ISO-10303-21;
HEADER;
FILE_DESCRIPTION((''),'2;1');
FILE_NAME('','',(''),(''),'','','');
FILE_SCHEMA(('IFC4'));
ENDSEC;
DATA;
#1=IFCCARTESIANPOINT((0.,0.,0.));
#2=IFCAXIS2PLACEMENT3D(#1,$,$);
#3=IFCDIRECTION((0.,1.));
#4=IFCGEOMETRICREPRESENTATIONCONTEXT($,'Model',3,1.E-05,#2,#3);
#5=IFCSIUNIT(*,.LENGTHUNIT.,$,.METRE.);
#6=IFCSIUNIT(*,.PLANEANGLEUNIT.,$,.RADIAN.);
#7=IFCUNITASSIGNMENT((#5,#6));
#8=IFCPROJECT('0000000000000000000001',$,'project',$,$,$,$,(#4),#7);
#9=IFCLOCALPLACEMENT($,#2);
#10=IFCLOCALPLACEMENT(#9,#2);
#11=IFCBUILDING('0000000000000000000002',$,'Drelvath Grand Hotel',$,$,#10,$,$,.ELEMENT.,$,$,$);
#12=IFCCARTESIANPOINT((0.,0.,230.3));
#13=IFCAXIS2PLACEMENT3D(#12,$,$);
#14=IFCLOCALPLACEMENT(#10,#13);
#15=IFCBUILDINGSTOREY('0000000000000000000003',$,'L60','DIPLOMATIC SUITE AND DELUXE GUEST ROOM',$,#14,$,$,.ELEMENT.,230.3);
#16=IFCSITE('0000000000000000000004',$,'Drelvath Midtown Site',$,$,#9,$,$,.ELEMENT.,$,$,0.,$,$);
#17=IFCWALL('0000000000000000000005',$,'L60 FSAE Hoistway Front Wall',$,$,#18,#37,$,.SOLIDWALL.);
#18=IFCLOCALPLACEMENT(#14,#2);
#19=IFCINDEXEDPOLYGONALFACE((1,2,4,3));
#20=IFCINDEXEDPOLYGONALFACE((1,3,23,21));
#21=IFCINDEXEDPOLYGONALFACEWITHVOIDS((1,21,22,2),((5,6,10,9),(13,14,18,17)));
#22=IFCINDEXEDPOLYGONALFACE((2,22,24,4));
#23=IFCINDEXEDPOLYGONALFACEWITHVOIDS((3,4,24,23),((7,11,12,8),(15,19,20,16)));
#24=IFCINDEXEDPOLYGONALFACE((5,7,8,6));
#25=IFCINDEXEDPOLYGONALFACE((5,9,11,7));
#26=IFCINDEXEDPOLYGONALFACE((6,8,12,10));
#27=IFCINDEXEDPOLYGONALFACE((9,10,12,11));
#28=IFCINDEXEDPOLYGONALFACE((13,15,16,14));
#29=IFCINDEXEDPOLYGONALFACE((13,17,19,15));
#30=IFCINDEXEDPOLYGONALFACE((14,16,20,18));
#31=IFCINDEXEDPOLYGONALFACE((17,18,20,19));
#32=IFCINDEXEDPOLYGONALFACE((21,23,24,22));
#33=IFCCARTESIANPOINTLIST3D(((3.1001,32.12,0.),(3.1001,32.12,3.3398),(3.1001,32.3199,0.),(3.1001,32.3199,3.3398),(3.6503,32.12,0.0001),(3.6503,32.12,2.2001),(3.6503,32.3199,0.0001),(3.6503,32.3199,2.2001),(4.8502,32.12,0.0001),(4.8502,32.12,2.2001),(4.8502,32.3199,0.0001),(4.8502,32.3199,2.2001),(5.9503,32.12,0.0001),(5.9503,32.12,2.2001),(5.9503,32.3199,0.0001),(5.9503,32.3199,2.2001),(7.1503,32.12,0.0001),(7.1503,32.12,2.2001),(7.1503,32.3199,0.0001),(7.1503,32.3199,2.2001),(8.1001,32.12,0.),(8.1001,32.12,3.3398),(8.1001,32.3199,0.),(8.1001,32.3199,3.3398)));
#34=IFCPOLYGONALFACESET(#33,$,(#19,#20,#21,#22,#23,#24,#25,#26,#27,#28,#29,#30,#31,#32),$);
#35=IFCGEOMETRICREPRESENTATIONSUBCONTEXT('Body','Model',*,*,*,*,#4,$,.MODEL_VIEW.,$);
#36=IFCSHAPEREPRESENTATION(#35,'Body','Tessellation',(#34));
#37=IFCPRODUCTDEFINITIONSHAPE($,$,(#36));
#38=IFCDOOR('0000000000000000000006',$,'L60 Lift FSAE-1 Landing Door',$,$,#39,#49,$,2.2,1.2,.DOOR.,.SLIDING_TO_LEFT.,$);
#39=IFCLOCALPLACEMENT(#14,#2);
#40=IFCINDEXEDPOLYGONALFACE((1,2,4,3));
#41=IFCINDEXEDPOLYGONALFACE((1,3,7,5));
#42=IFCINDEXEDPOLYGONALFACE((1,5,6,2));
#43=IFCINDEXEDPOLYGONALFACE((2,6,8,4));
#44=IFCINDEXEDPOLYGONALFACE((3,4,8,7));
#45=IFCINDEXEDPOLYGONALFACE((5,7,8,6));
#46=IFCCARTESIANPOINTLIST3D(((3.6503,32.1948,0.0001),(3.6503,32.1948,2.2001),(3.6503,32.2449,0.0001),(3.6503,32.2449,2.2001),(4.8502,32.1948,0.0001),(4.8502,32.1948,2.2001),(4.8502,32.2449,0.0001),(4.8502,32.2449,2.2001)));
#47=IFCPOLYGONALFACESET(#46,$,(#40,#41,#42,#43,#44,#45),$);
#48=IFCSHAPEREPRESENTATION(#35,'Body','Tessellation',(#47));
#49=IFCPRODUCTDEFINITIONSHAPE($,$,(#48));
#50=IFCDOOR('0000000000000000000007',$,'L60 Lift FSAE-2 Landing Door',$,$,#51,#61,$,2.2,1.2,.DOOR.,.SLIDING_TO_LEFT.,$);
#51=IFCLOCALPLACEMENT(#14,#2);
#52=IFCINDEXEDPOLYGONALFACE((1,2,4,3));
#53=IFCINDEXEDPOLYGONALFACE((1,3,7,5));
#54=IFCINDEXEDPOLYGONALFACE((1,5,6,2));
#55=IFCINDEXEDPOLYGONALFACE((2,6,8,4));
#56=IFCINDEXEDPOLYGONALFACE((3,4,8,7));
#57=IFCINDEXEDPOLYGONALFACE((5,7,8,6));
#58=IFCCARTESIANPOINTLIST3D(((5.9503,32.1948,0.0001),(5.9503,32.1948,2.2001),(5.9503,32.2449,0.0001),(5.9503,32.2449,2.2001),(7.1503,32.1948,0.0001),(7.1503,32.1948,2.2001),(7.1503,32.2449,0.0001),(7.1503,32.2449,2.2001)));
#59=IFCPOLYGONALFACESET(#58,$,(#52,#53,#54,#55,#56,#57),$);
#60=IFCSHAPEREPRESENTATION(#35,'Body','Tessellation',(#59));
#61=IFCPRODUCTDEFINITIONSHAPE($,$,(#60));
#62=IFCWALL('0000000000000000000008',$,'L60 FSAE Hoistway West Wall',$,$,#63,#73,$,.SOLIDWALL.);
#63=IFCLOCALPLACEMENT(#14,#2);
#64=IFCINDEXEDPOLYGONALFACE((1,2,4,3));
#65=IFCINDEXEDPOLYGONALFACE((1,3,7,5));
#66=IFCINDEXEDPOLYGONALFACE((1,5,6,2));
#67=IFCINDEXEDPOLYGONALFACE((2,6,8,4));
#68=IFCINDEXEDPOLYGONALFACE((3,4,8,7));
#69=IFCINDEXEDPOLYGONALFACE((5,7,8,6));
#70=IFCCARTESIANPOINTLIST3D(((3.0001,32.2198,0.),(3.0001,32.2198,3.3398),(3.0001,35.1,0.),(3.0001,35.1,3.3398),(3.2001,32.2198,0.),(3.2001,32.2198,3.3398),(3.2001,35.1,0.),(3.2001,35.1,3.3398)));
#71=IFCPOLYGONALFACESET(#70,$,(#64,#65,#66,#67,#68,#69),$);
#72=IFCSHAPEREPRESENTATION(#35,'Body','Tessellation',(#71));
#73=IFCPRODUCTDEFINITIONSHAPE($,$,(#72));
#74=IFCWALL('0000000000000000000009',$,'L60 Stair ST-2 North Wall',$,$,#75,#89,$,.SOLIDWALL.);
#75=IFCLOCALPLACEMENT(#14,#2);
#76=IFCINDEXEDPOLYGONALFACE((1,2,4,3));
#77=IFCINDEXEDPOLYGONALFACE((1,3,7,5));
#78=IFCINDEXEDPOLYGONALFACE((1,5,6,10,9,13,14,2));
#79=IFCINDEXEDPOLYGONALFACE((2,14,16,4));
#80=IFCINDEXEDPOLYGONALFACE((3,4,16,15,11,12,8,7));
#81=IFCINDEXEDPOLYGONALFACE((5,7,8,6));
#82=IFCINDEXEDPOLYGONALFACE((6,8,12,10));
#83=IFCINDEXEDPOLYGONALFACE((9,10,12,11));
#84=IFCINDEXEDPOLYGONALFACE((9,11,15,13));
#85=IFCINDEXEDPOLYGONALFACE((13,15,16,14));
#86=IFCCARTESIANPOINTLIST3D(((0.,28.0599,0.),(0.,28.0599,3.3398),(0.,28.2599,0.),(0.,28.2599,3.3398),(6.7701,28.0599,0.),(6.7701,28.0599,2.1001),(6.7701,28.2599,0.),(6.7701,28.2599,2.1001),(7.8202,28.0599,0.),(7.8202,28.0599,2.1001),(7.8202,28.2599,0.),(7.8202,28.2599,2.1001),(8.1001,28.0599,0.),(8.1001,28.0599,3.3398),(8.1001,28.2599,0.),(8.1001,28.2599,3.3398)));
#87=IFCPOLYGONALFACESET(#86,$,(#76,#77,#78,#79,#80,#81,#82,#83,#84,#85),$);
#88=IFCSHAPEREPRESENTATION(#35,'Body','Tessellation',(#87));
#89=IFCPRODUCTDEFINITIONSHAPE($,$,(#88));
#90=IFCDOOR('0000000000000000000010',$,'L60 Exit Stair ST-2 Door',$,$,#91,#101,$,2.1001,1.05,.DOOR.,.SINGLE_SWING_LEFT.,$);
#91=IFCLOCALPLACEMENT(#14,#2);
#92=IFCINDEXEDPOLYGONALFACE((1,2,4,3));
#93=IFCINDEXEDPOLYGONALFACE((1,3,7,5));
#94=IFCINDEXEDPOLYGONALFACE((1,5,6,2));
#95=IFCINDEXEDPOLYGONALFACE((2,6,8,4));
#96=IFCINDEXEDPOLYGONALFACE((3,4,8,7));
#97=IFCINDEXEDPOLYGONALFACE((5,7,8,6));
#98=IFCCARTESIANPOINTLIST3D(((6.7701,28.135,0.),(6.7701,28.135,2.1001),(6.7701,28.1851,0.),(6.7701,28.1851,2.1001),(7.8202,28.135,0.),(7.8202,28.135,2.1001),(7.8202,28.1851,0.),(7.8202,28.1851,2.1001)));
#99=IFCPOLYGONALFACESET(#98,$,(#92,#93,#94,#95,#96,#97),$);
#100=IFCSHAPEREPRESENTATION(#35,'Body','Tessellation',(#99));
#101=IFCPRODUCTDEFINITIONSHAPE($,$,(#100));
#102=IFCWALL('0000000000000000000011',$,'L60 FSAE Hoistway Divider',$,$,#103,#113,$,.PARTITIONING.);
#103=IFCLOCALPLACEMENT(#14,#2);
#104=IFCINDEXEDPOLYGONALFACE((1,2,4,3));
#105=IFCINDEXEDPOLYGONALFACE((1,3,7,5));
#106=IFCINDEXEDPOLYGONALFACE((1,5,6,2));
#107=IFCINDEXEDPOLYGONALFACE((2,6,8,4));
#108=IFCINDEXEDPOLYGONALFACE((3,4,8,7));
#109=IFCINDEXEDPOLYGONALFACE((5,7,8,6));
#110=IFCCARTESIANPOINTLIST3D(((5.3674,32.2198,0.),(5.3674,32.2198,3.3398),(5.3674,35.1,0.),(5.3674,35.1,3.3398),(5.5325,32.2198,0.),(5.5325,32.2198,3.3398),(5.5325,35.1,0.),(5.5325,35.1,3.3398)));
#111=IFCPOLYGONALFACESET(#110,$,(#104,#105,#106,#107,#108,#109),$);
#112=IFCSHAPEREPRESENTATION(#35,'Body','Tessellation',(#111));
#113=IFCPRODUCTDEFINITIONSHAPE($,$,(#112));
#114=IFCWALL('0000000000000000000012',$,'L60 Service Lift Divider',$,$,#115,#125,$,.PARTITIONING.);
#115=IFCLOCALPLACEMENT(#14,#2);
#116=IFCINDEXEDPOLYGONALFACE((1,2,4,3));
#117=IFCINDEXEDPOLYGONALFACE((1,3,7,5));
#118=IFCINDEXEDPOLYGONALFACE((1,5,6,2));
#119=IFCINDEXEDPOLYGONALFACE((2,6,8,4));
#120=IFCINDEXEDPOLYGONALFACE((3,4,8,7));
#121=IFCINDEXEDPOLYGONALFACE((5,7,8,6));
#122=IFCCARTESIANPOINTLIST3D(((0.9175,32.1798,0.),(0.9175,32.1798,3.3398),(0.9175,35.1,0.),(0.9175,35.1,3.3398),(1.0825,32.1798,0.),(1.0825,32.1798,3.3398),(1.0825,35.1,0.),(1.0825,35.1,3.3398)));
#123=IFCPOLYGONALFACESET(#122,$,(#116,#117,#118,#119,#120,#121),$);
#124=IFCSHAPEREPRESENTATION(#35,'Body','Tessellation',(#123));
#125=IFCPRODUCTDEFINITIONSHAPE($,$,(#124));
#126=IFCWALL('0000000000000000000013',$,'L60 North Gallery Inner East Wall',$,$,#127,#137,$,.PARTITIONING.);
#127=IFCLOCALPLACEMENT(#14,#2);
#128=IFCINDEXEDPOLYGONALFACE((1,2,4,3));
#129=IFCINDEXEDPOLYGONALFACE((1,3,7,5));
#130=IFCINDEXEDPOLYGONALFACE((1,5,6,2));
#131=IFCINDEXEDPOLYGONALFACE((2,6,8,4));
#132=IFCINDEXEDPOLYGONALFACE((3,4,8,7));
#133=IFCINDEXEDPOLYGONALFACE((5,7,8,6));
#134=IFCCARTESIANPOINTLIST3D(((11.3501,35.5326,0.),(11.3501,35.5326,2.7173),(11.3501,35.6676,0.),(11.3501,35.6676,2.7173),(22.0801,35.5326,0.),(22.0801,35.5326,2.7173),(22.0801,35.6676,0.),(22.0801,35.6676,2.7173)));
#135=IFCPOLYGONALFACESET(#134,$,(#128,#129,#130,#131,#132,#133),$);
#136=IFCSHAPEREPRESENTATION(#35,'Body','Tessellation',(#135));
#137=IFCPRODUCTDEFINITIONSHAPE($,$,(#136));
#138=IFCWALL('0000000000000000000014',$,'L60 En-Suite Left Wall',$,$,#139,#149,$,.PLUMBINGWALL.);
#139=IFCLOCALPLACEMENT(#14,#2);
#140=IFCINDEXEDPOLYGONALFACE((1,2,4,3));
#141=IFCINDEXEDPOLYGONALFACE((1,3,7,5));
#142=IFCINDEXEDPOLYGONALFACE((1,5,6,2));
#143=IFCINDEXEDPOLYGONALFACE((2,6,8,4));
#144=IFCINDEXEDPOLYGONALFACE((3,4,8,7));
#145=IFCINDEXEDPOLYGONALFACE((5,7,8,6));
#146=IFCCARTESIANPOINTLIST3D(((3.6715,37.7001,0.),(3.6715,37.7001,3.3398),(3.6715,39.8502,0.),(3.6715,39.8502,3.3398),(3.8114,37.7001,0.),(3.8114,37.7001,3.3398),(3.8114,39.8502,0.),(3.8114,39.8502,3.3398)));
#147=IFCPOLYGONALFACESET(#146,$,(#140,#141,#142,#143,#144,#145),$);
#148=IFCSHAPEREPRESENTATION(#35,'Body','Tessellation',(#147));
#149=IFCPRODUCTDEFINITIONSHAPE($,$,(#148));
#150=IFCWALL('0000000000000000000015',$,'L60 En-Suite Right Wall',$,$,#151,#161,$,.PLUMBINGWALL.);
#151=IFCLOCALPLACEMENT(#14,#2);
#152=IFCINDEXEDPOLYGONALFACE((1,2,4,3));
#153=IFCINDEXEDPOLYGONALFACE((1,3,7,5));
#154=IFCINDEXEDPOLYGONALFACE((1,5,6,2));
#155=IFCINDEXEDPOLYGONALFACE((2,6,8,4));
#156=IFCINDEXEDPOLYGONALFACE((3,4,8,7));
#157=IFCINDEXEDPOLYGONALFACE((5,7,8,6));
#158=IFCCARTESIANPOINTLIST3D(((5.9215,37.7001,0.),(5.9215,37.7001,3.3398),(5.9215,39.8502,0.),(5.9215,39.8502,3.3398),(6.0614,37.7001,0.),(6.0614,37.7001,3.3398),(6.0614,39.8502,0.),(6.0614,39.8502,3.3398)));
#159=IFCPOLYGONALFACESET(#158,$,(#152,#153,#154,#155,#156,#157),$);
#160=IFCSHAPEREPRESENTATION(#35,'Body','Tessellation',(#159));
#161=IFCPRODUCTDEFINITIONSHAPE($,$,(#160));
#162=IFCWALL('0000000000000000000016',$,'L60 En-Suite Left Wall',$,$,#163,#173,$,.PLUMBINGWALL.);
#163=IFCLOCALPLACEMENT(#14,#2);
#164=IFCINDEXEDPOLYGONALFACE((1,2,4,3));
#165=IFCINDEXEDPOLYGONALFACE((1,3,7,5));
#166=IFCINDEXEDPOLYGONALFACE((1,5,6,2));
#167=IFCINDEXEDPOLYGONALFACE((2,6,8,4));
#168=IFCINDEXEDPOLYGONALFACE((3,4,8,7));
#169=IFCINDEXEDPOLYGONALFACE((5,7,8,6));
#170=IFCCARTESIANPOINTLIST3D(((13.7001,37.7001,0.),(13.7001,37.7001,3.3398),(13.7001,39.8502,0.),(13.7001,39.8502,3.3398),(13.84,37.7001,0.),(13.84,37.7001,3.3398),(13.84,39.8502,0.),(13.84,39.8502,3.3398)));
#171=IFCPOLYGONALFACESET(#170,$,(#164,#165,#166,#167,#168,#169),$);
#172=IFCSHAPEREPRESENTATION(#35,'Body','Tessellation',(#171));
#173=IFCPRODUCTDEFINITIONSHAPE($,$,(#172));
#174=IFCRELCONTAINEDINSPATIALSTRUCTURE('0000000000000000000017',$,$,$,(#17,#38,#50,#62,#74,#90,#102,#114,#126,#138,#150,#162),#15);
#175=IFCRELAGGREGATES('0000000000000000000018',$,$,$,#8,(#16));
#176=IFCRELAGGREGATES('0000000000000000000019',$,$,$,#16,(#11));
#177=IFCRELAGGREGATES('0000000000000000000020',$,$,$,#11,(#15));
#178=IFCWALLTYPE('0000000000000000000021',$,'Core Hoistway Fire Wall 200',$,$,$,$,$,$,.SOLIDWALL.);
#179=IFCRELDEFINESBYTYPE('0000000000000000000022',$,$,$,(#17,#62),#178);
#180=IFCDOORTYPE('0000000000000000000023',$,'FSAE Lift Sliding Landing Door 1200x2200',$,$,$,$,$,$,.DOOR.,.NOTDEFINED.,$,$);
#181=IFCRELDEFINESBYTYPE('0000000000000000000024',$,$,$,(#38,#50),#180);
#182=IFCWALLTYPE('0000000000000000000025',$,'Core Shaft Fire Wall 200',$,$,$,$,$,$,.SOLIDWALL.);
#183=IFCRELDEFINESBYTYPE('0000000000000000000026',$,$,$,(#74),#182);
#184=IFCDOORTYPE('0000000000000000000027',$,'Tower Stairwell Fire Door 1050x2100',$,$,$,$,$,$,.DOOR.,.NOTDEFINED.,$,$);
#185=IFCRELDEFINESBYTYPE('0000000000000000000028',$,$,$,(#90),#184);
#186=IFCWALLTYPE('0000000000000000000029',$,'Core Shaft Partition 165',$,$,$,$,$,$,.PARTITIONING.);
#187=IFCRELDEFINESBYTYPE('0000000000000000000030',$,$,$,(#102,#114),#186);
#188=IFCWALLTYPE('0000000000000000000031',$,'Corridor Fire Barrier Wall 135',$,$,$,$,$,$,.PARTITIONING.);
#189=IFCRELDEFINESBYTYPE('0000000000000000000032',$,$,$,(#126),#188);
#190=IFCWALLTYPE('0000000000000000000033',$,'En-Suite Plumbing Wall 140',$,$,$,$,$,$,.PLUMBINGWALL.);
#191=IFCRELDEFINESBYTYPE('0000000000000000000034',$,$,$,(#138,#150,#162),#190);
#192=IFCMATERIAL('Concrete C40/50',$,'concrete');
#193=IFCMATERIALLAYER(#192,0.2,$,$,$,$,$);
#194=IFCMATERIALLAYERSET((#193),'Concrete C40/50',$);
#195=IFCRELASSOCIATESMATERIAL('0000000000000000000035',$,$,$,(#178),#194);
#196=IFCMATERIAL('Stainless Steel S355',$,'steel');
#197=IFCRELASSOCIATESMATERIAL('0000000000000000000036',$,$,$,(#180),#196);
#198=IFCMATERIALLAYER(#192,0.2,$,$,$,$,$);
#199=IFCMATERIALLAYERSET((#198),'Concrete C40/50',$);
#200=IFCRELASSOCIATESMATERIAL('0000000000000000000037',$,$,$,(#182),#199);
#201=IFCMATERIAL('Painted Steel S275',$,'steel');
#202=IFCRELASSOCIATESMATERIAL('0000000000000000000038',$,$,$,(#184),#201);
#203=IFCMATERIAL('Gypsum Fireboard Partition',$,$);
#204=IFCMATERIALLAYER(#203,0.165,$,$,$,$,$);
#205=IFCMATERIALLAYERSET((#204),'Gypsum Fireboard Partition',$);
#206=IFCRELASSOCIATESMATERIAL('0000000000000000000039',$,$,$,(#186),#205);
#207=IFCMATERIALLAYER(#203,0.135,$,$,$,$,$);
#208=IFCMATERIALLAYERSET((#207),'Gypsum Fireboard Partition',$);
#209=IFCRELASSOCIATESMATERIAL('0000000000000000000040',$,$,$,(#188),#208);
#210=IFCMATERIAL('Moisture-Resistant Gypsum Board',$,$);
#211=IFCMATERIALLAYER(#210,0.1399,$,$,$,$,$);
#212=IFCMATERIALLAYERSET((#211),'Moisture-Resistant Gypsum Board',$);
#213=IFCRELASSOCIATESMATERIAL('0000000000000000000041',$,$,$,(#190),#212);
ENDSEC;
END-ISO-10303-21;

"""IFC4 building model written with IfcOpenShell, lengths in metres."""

from ifc_helpers import new_model, si_unit, direction, frame, frame_2d, origin, place, context, subcontext, project, spatial, rectangle, extrude, material, layer, layer_set, type_object, element, fill, save


model = new_model("IFC4")

# Units and contexts
model_context = context("Model", 3, precision=1e-05, world=origin(), true_north=direction((0.0, 1.0)))
body_context = subcontext(model_context, "Body", "Model", "MODEL_VIEW")
ifc_project = project(units=[si_unit("LENGTHUNIT", "METRE"), si_unit("PLANEANGLEUNIT", "RADIAN")], contexts=[model_context])

# Site, building, storey
site_placement = place(None, origin())
site = spatial("IfcSite", under=ifc_project, at=site_placement, Name="Drelvath Midtown Site", CompositionType="ELEMENT", RefElevation=0.0)
building_placement = place(site_placement, origin())
building = spatial("IfcBuilding", under=site, at=building_placement, Name="Drelvath Grand Hotel", CompositionType="ELEMENT")
storey_placement = place(building_placement, frame((0.0, 0.0, 230.3)))
storey = spatial("IfcBuildingStorey", under=building, at=storey_placement, Name="L60", Description="DIPLOMATIC SUITE AND DELUXE GUEST ROOM", CompositionType="ELEMENT", Elevation=230.3)

# Wall, openings, doors
ifc_material_1 = material(Name="Concrete C40/50", Category="concrete")
ifc_layer_1 = layer(ifc_material_1, 0.2)
ifc_layer_set_1 = layer_set([ifc_layer_1], Name="Concrete C40/50")
wall_type_1 = type_object("IfcWallType", Name="Core Hoistway Fire Wall 200", PredefinedType="SOLIDWALL", material=ifc_layer_set_1)
wall_1_placement = place(storey_placement, frame((3.1001, 32.22, 0.0), z_axis=(0.0, 0.0, 1.0), x_axis=(1.0, 0.0, 0.0)))
wall_1 = element("IfcWall", 1, at=wall_1_placement, inside=storey, type_object=wall_type_1, Name="L60 FSAE Hoistway Front Wall", PredefinedType="SOLIDWALL", context=body_context, shape_type="SweptSolid", body=[
    extrude(rectangle(XDim=5.0, YDim=0.2, at=frame_2d((2.5, 0.0))), origin(), (0.0, 0.0, 1.0), 3.3398),
])
opening_1_placement = place(wall_1_placement, frame((0.55, 0.0, 0.0)))
opening_1 = element("IfcOpeningElement", 2, at=opening_1_placement, cuts=wall_1, PredefinedType="OPENING", context=body_context, shape_type="SweptSolid", body=[
    extrude(rectangle(XDim=1.2, YDim=2.2, at=frame_2d((0.6001, 1.1001))), frame((0.0, 0.1099, 0.0), z_axis=(0.0, -1.0, 0.0), x_axis=(1.0, 0.0, 0.0)), (0.0, 0.0, 1.0), 0.22),
])
opening_2_placement = place(wall_1_placement, frame((2.8501, 0.0, 0.0)))
opening_2 = element("IfcOpeningElement", 3, at=opening_2_placement, cuts=wall_1, PredefinedType="OPENING", context=body_context, shape_type="SweptSolid", body=[
    extrude(rectangle(XDim=1.2, YDim=2.2, at=frame_2d((0.6001, 1.1001))), frame((0.0, 0.1099, 0.0), z_axis=(0.0, -1.0, 0.0), x_axis=(1.0, 0.0, 0.0)), (0.0, 0.0, 1.0), 0.22),
])
ifc_material_2 = material(Name="Stainless Steel S355", Category="steel")
door_type_1 = type_object("IfcDoorType", Name="FSAE Lift Sliding Landing Door 1200x2200", OperationType="NOTDEFINED", PredefinedType="DOOR", material=ifc_material_2)
door_1_placement = place(opening_1_placement, origin())
door_1 = element("IfcDoor", 4, at=door_1_placement, inside=storey, type_object=door_type_1, Name="L60 Lift FSAE-1 Landing Door", OperationType="SLIDING_TO_LEFT", OverallHeight=2.2, OverallWidth=1.2, PredefinedType="DOOR", context=body_context, shape_type="SweptSolid", body=[
    extrude(rectangle(XDim=1.2, YDim=2.2, at=frame_2d((0.6001, 1.1001))), frame((0.0, 0.0249, 0.0), z_axis=(0.0, -1.0, 0.0), x_axis=(1.0, 0.0, 0.0)), (0.0, 0.0, 1.0), 0.05),
])
fill(opening_1, door_1)
door_2_placement = place(opening_2_placement, origin())
door_2 = element("IfcDoor", 5, at=door_2_placement, inside=storey, type_object=door_type_1, Name="L60 Lift FSAE-2 Landing Door", OperationType="SLIDING_TO_LEFT", OverallHeight=2.2, OverallWidth=1.2, PredefinedType="DOOR", context=body_context, shape_type="SweptSolid", body=[
    extrude(rectangle(XDim=1.2, YDim=2.2, at=frame_2d((0.6001, 1.1001))), frame((0.0, 0.0249, 0.0), z_axis=(0.0, -1.0, 0.0), x_axis=(1.0, 0.0, 0.0)), (0.0, 0.0, 1.0), 0.05),
])
fill(opening_2, door_2)

# Wall
wall_2_placement = place(storey_placement, frame((3.1001, 32.22, 0.0), z_axis=(0.0, 0.0, 1.0), x_axis=(0.0, 1.0, 0.0)))
element("IfcWall", 6, at=wall_2_placement, inside=storey, type_object=wall_type_1, Name="L60 FSAE Hoistway West Wall", PredefinedType="SOLIDWALL", context=body_context, shape_type="SweptSolid", body=[
    extrude(rectangle(XDim=2.8801, YDim=0.2, at=frame_2d((1.4399, 0.0))), origin(), (0.0, 0.0, 1.0), 3.3398),
])

# Wall, opening, door
ifc_layer_2 = layer(ifc_material_1, 0.2)
ifc_layer_set_2 = layer_set([ifc_layer_2], Name="Concrete C40/50")
wall_type_2 = type_object("IfcWallType", Name="Core Shaft Fire Wall 200", PredefinedType="SOLIDWALL", material=ifc_layer_set_2)
wall_3_placement = place(storey_placement, frame((8.1001, 28.1599, 0.0), z_axis=(0.0, 0.0, 1.0), x_axis=(-1.0, 0.0, 0.0)))
wall_3 = element("IfcWall", 7, at=wall_3_placement, inside=storey, type_object=wall_type_2, Name="L60 Stair ST-2 North Wall", PredefinedType="SOLIDWALL", context=body_context, shape_type="SweptSolid", body=[
    extrude(rectangle(XDim=8.1001, YDim=0.2, at=frame_2d((4.05, 0.0))), origin(), (0.0, 0.0, 1.0), 3.3398),
])
opening_3_placement = place(wall_3_placement, frame((0.28, 0.0, 0.0)))
opening_3 = element("IfcOpeningElement", 8, at=opening_3_placement, cuts=wall_3, PredefinedType="OPENING", context=body_context, shape_type="SweptSolid", body=[
    extrude(rectangle(XDim=1.05, YDim=2.1001, at=frame_2d((0.5249, 1.05))), frame((0.0, 0.1099, 0.0), z_axis=(0.0, -1.0, 0.0), x_axis=(1.0, 0.0, 0.0)), (0.0, 0.0, 1.0), 0.22),
])
ifc_material_3 = material(Name="Painted Steel S275", Category="steel")
door_type_2 = type_object("IfcDoorType", Name="Tower Stairwell Fire Door 1050x2100", OperationType="NOTDEFINED", PredefinedType="DOOR", material=ifc_material_3)
door_3_placement = place(opening_3_placement, origin())
door_3 = element("IfcDoor", 9, at=door_3_placement, inside=storey, type_object=door_type_2, Name="L60 Exit Stair ST-2 Door", OperationType="SINGLE_SWING_LEFT", OverallHeight=2.1001, OverallWidth=1.05, PredefinedType="DOOR", context=body_context, shape_type="SweptSolid", body=[
    extrude(rectangle(XDim=1.05, YDim=2.1001, at=frame_2d((0.5249, 1.05))), frame((0.0, 0.0249, 0.0), z_axis=(0.0, -1.0, 0.0), x_axis=(1.0, 0.0, 0.0)), (0.0, 0.0, 1.0), 0.05),
])
fill(opening_3, door_3)

# Walls
ifc_material_4 = material(Name="Gypsum Fireboard Partition")
ifc_layer_3 = layer(ifc_material_4, 0.165)
ifc_layer_set_3 = layer_set([ifc_layer_3], Name="Gypsum Fireboard Partition")
wall_type_3 = type_object("IfcWallType", Name="Core Shaft Partition 165", PredefinedType="PARTITIONING", material=ifc_layer_set_3)
wall_4_placement = place(storey_placement, frame((5.45, 32.22, 0.0), z_axis=(0.0, 0.0, 1.0), x_axis=(0.0, 1.0, 0.0)))
element("IfcWall", 10, at=wall_4_placement, inside=storey, type_object=wall_type_3, Name="L60 FSAE Hoistway Divider", PredefinedType="PARTITIONING", context=body_context, shape_type="SweptSolid", body=[
    extrude(rectangle(XDim=2.8801, YDim=0.165, at=frame_2d((1.4399, 0.0))), origin(), (0.0, 0.0, 1.0), 3.3398),
])
wall_5_placement = place(storey_placement, frame((1.0, 32.1799, 0.0), z_axis=(0.0, 0.0, 1.0), x_axis=(0.0, 1.0, 0.0)))
element("IfcWall", 11, at=wall_5_placement, inside=storey, type_object=wall_type_3, Name="L60 Service Lift Divider", PredefinedType="PARTITIONING", context=body_context, shape_type="SweptSolid", body=[
    extrude(rectangle(XDim=2.9202, YDim=0.165, at=frame_2d((1.46, 0.0))), origin(), (0.0, 0.0, 1.0), 3.3398),
])
ifc_layer_4 = layer(ifc_material_4, 0.135)
ifc_layer_set_4 = layer_set([ifc_layer_4], Name="Gypsum Fireboard Partition")
wall_type_4 = type_object("IfcWallType", Name="Corridor Fire Barrier Wall 135", PredefinedType="PARTITIONING", material=ifc_layer_set_4)
wall_6_placement = place(storey_placement, frame((11.3501, 35.6001, 0.0), z_axis=(0.0, 0.0, 1.0), x_axis=(1.0, 0.0, 0.0)))
element("IfcWall", 12, at=wall_6_placement, inside=storey, type_object=wall_type_4, Name="L60 North Gallery Inner East Wall", PredefinedType="PARTITIONING", context=body_context, shape_type="SweptSolid", body=[
    extrude(rectangle(XDim=10.73, YDim=0.135, at=frame_2d((5.365, 0.0))), origin(), (0.0, 0.0, 1.0), 2.7173),
])
ifc_material_5 = material(Name="Moisture-Resistant Gypsum Board")
ifc_layer_5 = layer(ifc_material_5, 0.1399)
ifc_layer_set_5 = layer_set([ifc_layer_5], Name="Moisture-Resistant Gypsum Board")
wall_type_5 = type_object("IfcWallType", Name="En-Suite Plumbing Wall 140", PredefinedType="PLUMBINGWALL", material=ifc_layer_set_5)
for number, where, z_axis, x_axis, name in (
    (13, (3.7415, 37.7, 0.0), (0.0, 0.0, 1.0), (0.0, 1.0, 0.0), "L60 En-Suite Left Wall"),
    (14, (5.9915, 37.7, 0.0), (0.0, 0.0, 1.0), (0.0, 1.0, 0.0), "L60 En-Suite Right Wall"),
    (15, (13.77, 37.7, 0.0), (0.0, 0.0, 1.0), (0.0, 1.0, 0.0), "L60 En-Suite Left Wall"),
):
    element("IfcWall", number, at=place(storey_placement, frame(where, z_axis=z_axis, x_axis=x_axis)), inside=storey, type_object=wall_type_5, Name=name, PredefinedType="PLUMBINGWALL", context=body_context, shape_type="SweptSolid", body=[
        extrude(rectangle(XDim=2.1501, YDim=0.1399, at=frame_2d((1.0752, 0.0))), origin(), (0.0, 0.0, 1.0), 3.3398),
    ])

save(model, "model.ifc")
